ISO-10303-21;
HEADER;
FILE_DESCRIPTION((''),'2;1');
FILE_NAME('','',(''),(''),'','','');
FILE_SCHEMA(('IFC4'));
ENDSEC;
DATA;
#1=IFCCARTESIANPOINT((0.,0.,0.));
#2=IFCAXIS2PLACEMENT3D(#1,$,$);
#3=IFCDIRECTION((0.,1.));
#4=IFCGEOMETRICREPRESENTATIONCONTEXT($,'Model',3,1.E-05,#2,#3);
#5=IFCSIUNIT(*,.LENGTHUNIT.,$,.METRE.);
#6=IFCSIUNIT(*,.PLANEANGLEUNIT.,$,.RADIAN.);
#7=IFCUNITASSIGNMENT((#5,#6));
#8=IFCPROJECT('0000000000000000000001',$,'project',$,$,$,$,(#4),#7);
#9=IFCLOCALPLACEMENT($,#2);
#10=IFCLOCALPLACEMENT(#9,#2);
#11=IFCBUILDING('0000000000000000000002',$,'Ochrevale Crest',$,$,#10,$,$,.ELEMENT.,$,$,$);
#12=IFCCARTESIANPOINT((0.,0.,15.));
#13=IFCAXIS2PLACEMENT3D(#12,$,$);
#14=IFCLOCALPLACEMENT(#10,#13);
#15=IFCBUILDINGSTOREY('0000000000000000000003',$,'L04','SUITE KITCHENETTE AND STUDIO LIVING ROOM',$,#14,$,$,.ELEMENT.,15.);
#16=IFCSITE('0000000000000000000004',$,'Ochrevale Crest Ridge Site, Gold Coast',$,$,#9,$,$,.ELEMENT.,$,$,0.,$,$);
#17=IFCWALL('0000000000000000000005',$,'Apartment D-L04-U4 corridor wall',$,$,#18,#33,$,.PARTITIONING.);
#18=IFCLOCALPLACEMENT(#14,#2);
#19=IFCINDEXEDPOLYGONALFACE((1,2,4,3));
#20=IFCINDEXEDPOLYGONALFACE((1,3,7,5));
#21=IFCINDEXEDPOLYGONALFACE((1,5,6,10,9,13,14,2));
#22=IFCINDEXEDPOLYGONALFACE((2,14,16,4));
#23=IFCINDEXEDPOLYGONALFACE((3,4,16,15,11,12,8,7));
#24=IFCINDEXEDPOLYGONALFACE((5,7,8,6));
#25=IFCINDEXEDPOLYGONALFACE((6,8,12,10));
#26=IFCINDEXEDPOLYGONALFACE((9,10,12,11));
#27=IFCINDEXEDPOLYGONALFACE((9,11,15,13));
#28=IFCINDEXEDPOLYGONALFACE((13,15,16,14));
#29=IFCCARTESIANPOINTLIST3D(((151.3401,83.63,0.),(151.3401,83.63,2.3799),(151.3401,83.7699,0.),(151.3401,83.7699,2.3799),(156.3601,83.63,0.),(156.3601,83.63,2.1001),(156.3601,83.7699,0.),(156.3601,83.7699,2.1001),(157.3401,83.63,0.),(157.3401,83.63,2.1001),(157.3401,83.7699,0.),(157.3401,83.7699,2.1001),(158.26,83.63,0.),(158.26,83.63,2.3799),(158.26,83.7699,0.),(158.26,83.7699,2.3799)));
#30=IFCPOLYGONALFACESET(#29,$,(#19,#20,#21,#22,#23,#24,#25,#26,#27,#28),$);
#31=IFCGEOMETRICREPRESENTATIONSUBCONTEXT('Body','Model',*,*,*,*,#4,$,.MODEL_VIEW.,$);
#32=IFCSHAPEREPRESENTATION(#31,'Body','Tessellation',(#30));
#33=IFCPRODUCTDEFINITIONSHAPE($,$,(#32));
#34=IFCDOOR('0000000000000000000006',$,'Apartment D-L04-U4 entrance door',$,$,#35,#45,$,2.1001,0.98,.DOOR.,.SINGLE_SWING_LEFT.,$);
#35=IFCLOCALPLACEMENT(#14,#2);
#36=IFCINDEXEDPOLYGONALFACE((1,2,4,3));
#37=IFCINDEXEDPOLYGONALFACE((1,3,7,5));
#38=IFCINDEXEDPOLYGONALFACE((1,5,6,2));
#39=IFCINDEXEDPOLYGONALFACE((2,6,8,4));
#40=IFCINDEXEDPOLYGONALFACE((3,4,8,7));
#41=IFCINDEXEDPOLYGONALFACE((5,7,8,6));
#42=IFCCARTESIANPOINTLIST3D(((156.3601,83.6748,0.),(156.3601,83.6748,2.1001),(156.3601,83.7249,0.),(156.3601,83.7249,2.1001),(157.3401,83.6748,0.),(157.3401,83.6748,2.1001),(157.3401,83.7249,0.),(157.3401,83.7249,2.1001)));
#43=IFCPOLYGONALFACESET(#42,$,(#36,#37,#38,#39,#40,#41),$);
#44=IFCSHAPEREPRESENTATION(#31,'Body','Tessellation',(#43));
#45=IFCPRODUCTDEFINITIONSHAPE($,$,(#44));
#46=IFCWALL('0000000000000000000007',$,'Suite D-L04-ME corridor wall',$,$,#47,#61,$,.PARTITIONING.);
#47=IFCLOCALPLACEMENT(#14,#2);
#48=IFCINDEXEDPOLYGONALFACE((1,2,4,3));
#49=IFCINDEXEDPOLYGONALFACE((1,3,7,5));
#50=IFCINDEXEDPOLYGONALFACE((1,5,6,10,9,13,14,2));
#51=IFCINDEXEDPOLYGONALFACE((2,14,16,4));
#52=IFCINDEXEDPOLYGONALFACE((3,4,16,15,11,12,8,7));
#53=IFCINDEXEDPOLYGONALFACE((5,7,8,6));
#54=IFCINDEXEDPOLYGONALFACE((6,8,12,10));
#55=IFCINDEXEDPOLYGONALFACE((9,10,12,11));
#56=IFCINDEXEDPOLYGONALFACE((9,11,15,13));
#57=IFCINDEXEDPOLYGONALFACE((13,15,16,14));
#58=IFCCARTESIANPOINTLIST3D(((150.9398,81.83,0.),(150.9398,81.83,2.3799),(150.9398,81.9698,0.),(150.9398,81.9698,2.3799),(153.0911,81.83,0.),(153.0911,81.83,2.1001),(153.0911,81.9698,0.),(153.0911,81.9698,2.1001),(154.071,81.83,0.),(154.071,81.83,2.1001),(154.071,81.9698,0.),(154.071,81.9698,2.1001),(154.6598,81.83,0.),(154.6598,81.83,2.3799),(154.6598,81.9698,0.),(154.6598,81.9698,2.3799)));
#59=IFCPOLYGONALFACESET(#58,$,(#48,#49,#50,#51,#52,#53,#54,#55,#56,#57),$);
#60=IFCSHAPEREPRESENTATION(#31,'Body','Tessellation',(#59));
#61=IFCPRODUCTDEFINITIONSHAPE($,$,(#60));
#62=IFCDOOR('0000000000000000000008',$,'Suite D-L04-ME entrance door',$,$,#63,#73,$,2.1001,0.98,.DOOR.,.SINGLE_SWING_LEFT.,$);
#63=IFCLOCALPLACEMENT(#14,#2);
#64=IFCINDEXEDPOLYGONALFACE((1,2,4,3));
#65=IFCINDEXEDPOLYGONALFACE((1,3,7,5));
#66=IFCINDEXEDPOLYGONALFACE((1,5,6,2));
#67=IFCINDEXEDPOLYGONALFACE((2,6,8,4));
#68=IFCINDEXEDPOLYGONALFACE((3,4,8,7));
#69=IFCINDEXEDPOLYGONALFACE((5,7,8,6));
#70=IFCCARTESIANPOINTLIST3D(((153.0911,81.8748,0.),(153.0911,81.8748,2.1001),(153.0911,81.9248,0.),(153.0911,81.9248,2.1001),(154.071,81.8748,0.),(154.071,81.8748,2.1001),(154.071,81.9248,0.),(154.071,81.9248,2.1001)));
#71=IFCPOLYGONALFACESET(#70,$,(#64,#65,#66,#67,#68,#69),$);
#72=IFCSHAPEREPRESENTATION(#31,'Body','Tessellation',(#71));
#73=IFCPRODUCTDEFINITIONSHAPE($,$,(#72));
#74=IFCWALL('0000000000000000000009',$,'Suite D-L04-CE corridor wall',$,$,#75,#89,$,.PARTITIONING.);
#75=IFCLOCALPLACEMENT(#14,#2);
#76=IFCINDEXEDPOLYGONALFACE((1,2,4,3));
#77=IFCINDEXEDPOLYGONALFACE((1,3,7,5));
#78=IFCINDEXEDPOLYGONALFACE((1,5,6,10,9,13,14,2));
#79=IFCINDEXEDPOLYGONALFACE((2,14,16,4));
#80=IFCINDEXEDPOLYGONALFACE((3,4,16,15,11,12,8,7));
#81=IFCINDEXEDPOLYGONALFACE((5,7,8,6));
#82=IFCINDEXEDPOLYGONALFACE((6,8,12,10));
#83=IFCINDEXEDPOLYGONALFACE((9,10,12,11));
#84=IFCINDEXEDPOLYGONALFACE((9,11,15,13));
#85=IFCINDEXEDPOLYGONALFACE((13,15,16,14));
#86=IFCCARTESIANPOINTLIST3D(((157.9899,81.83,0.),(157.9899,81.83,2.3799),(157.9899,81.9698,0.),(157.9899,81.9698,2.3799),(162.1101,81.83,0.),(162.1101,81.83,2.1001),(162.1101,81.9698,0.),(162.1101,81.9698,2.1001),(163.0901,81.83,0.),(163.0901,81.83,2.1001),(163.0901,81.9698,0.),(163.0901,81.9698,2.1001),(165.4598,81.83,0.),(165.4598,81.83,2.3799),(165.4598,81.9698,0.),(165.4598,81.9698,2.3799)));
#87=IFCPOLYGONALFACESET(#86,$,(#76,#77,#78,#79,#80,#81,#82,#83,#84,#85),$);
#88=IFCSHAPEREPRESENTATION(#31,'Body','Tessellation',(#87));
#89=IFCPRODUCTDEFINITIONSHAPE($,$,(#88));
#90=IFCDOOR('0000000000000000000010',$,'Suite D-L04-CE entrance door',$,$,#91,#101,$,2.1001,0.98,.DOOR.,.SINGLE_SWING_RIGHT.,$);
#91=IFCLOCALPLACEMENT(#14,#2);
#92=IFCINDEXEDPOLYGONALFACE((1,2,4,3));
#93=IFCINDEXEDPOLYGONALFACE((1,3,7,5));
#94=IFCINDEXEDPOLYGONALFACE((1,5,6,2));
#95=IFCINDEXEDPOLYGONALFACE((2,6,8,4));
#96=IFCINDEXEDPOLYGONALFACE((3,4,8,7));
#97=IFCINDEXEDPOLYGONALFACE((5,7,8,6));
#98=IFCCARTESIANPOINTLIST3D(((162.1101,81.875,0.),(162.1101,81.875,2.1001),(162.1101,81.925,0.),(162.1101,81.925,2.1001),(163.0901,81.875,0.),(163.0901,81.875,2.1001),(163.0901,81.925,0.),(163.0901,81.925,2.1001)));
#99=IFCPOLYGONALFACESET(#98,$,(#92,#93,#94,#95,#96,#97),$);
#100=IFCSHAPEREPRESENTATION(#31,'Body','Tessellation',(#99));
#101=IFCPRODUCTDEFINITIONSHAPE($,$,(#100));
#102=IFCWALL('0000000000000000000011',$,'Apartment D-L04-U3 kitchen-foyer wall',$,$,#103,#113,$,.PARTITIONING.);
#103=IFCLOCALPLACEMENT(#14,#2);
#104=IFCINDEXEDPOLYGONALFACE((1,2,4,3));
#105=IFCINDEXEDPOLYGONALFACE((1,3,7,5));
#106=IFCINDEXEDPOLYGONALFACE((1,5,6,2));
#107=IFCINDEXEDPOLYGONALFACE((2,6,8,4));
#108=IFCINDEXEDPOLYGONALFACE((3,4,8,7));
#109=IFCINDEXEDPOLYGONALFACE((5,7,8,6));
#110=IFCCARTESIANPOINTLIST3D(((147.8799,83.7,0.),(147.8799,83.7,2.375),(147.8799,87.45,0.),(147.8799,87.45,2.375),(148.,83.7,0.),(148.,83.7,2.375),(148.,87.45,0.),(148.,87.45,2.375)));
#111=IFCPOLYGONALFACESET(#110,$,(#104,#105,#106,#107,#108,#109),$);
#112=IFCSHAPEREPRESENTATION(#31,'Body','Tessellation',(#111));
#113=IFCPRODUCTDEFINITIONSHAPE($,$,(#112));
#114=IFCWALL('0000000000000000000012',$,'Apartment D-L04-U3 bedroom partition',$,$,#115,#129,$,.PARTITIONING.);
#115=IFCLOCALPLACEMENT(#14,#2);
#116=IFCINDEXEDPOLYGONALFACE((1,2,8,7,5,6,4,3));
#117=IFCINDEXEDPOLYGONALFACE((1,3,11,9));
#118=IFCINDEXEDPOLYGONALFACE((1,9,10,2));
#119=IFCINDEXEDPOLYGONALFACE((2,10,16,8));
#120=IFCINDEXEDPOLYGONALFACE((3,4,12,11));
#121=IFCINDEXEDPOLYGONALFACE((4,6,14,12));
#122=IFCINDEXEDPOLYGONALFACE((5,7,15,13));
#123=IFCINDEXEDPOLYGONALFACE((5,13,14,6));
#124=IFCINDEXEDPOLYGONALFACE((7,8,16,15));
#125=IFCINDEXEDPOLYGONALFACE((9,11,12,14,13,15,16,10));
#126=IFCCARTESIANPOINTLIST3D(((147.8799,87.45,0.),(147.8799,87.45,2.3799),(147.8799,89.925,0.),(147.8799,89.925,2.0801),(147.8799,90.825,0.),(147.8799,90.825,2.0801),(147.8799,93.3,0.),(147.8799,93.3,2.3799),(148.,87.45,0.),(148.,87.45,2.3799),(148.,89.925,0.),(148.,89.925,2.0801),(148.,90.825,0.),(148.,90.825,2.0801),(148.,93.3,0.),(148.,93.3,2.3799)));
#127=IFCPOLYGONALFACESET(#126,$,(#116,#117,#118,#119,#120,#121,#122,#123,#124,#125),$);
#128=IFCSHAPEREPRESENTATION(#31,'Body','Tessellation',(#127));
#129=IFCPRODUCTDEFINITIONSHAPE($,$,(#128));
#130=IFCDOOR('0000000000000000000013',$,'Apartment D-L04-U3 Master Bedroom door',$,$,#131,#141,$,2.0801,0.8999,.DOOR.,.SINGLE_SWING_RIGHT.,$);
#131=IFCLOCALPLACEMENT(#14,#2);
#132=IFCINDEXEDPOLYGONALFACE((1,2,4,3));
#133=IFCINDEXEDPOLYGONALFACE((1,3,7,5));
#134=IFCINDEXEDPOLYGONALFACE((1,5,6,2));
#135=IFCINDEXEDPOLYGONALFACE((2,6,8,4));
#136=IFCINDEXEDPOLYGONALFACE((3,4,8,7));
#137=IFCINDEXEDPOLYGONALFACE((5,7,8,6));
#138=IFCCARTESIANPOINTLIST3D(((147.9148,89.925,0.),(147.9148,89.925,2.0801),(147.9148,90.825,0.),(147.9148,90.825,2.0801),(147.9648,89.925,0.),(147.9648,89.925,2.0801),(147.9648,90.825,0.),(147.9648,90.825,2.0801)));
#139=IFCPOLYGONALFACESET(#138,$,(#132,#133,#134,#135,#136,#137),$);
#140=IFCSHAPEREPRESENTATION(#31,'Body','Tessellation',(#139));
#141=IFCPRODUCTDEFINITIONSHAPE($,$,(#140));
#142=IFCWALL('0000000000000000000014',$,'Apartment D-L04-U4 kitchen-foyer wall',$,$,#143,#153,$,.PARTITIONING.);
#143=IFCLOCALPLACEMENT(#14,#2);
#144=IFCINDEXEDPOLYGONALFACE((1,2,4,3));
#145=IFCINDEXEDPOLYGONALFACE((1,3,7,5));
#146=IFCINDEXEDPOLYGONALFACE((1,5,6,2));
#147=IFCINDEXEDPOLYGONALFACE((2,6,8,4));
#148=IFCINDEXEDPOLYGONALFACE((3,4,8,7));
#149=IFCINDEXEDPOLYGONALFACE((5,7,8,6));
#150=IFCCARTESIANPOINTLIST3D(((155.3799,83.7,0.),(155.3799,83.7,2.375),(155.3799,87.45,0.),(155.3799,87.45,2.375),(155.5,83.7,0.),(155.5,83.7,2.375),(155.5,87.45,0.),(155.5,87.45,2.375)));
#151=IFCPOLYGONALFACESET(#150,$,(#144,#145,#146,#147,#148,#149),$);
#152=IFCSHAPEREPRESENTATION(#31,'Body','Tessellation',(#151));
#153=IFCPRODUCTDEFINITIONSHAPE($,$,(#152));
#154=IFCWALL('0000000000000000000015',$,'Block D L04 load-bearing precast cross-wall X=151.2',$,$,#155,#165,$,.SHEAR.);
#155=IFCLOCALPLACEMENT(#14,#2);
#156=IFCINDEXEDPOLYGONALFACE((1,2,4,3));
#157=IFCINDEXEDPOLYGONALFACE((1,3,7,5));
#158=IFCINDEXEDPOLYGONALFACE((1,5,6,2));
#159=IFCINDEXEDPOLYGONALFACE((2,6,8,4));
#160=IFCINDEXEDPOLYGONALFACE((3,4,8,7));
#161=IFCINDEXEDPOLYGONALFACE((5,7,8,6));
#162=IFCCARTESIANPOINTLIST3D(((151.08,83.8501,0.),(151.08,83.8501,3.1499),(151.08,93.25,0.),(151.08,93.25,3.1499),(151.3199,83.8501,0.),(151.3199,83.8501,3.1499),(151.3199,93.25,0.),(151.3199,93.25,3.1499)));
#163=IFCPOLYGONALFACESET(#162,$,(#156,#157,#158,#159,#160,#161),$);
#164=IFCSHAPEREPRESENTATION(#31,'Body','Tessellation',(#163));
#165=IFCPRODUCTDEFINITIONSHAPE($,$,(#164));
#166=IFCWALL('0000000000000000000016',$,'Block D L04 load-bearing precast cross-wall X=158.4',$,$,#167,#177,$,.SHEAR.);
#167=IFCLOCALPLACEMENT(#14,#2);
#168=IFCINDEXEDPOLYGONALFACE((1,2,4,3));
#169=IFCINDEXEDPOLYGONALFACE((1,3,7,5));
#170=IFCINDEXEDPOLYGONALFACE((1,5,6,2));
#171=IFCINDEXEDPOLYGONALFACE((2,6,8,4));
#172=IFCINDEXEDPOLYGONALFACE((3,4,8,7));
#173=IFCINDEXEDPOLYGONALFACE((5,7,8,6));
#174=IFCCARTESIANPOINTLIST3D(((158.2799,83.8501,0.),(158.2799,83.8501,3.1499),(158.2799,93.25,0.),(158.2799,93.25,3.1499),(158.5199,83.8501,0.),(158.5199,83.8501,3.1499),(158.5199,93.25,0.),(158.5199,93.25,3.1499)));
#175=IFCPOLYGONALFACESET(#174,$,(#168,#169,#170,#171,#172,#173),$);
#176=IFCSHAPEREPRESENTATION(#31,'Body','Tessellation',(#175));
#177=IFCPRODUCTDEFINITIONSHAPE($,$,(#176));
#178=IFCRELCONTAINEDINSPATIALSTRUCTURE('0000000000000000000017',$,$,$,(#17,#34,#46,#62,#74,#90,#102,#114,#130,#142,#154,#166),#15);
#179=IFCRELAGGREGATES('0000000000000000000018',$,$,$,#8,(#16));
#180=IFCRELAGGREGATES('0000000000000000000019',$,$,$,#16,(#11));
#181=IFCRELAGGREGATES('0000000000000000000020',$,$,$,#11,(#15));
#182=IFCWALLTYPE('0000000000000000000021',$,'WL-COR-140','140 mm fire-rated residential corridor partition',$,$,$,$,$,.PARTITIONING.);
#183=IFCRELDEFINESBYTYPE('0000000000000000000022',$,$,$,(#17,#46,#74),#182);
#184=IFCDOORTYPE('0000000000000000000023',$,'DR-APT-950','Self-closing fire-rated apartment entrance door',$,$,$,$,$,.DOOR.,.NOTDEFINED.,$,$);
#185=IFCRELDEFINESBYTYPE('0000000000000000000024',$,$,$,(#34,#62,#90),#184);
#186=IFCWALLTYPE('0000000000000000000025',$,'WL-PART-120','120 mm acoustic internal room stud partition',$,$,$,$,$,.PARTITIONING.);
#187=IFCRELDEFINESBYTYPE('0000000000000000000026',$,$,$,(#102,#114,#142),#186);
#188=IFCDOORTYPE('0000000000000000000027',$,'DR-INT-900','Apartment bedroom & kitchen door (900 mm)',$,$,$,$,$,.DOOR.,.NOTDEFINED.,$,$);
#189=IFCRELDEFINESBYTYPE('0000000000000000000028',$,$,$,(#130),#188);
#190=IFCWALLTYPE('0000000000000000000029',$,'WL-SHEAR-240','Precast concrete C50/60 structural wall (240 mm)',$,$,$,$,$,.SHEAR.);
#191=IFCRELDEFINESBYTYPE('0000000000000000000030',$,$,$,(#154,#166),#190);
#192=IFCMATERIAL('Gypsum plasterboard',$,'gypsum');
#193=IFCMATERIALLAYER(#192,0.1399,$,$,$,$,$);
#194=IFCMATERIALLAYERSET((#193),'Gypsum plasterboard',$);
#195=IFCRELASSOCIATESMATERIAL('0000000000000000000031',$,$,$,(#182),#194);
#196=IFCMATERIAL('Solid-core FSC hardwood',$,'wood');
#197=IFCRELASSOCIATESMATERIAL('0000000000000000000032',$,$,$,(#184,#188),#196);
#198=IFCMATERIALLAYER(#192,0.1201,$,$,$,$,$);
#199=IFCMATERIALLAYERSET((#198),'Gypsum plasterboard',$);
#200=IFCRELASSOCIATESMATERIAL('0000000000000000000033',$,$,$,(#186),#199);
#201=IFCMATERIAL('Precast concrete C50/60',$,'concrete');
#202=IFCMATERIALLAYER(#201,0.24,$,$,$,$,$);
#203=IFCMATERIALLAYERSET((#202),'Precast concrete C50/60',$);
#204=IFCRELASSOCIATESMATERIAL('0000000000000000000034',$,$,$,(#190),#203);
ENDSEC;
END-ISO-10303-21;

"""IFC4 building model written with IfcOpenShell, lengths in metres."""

from ifc_helpers import new_model, si_unit, direction, frame, frame_2d, origin, place, context, subcontext, project, spatial, rectangle, extrude, material, layer, layer_set, type_object, element, fill, save


model = new_model("IFC4")

# Units and contexts
model_context = context("Model", 3, precision=1e-05, world=origin(), true_north=direction((0.0, 1.0)))
body_context = subcontext(model_context, "Body", "Model", "MODEL_VIEW")
ifc_project = project(units=[si_unit("LENGTHUNIT", "METRE"), si_unit("PLANEANGLEUNIT", "RADIAN")], contexts=[model_context])

# Site, building, storey
site_placement = place(None, origin())
site = spatial("IfcSite", under=ifc_project, at=site_placement, Name="Ochrevale Crest Ridge Site, Gold Coast", CompositionType="ELEMENT", RefElevation=0.0)
building_placement = place(site_placement, origin())
building = spatial("IfcBuilding", under=site, at=building_placement, Name="Ochrevale Crest", CompositionType="ELEMENT")
storey_placement = place(building_placement, frame((0.0, 0.0, 15.0)))
storey = spatial("IfcBuildingStorey", under=building, at=storey_placement, Name="L04", Description="SUITE KITCHENETTE AND STUDIO LIVING ROOM", CompositionType="ELEMENT", Elevation=15.0)

# Shared definitions
ifc_material_1 = material(Name="Precast concrete C50/60", Category="concrete")

# Walls, openings, doors
ifc_material_2 = material(Name="Gypsum plasterboard", Category="gypsum")
ifc_layer_1 = layer(ifc_material_2, 0.1399)
ifc_layer_set_1 = layer_set([ifc_layer_1], Name="Gypsum plasterboard")
wall_type_1 = type_object("IfcWallType", Name="WL-COR-140", Description="140 mm fire-rated residential corridor partition", PredefinedType="PARTITIONING", material=ifc_layer_set_1)
wall_1_placement = place(storey_placement, frame((151.3401, 83.7, 0.0), z_axis=(0.0, 0.0, 1.0), x_axis=(1.0, 0.0, 0.0)))
wall_1 = element("IfcWall", 1, at=wall_1_placement, inside=storey, type_object=wall_type_1, Name="Apartment D-L04-U4 corridor wall", PredefinedType="PARTITIONING", context=body_context, shape_type="SweptSolid", body=[
    extrude(rectangle(XDim=6.9199, YDim=0.1399, at=frame_2d((3.46, 0.0))), origin(), (0.0, 0.0, 1.0), 2.3799),
])
opening_1_placement = place(wall_1_placement, frame((5.02, 0.0, 0.0)))
opening_1 = element("IfcOpeningElement", 2, at=opening_1_placement, cuts=wall_1, PredefinedType="OPENING", context=body_context, shape_type="SweptSolid", body=[
    extrude(rectangle(XDim=0.98, YDim=2.1001, at=frame_2d((0.49, 1.05))), frame((0.0, 0.0801, 0.0), z_axis=(0.0, -1.0, 0.0), x_axis=(1.0, 0.0, 0.0)), (0.0, 0.0, 1.0), 0.1599),
])
ifc_material_3 = material(Name="Solid-core FSC hardwood", Category="wood")
door_type_1 = type_object("IfcDoorType", Name="DR-APT-950", Description="Self-closing fire-rated apartment entrance door", OperationType="NOTDEFINED", PredefinedType="DOOR", material=ifc_material_3)
door_1_placement = place(opening_1_placement, origin())
door_1 = element("IfcDoor", 3, at=door_1_placement, inside=storey, type_object=door_type_1, Name="Apartment D-L04-U4 entrance door", OperationType="SINGLE_SWING_LEFT", OverallHeight=2.1001, OverallWidth=0.98, PredefinedType="DOOR", context=body_context, shape_type="SweptSolid", body=[
    extrude(rectangle(XDim=0.98, YDim=2.1001, at=frame_2d((0.49, 1.05))), frame((0.0, 0.0249, 0.0), z_axis=(0.0, -1.0, 0.0), x_axis=(1.0, 0.0, 0.0)), (0.0, 0.0, 1.0), 0.05),
])
fill(opening_1, door_1)
wall_2_placement = place(storey_placement, frame((150.9399, 81.8999, 0.0), z_axis=(0.0, 0.0, 1.0), x_axis=(1.0, 0.0, 0.0)))
wall_2 = element("IfcWall", 4, at=wall_2_placement, inside=storey, type_object=wall_type_1, Name="Suite D-L04-ME corridor wall", PredefinedType="PARTITIONING", context=body_context, shape_type="SweptSolid", body=[
    extrude(rectangle(XDim=3.72, YDim=0.1399, at=frame_2d((1.8599, 0.0))), origin(), (0.0, 0.0, 1.0), 2.3799),
])
opening_2_placement = place(wall_2_placement, frame((2.1511, 0.0, 0.0)))
opening_2 = element("IfcOpeningElement", 5, at=opening_2_placement, cuts=wall_2, PredefinedType="OPENING", context=body_context, shape_type="SweptSolid", body=[
    extrude(rectangle(XDim=0.98, YDim=2.1001, at=frame_2d((0.49, 1.05))), frame((0.0, 0.0801, 0.0), z_axis=(0.0, -1.0, 0.0), x_axis=(1.0, 0.0, 0.0)), (0.0, 0.0, 1.0), 0.1599),
])
door_2_placement = place(opening_2_placement, origin())
door_2 = element("IfcDoor", 6, at=door_2_placement, inside=storey, type_object=door_type_1, Name="Suite D-L04-ME entrance door", OperationType="SINGLE_SWING_LEFT", OverallHeight=2.1001, OverallWidth=0.98, PredefinedType="DOOR", context=body_context, shape_type="SweptSolid", body=[
    extrude(rectangle(XDim=0.98, YDim=2.1001, at=frame_2d((0.49, 1.05))), frame((0.0, 0.0249, 0.0), z_axis=(0.0, -1.0, 0.0), x_axis=(1.0, 0.0, 0.0)), (0.0, 0.0, 1.0), 0.05),
])
fill(opening_2, door_2)
wall_3_placement = place(storey_placement, frame((157.99, 81.8999, 0.0), z_axis=(0.0, 0.0, 1.0), x_axis=(1.0, 0.0, 0.0)))
wall_3 = element("IfcWall", 7, at=wall_3_placement, inside=storey, type_object=wall_type_1, Name="Suite D-L04-CE corridor wall", PredefinedType="PARTITIONING", context=body_context, shape_type="SweptSolid", body=[
    extrude(rectangle(XDim=7.47, YDim=0.1399, at=frame_2d((3.7349, 0.0))), origin(), (0.0, 0.0, 1.0), 2.3799),
])
opening_3_placement = place(wall_3_placement, frame((5.1001, 0.0, 0.0), z_axis=(0.0, 0.0, 1.0), x_axis=(-1.0, 0.0, 0.0)))
opening_3 = element("IfcOpeningElement", 8, at=opening_3_placement, cuts=wall_3, PredefinedType="OPENING", context=body_context, shape_type="SweptSolid", body=[
    extrude(rectangle(XDim=0.98, YDim=2.1001, at=frame_2d((0.49, 1.05))), frame((0.0, 0.0801, 0.0), z_axis=(0.0, -1.0, 0.0), x_axis=(1.0, 0.0, 0.0)), (0.0, 0.0, 1.0), 0.1599),
])
door_3_placement = place(opening_3_placement, origin())
door_3 = element("IfcDoor", 9, at=door_3_placement, inside=storey, type_object=door_type_1, Name="Suite D-L04-CE entrance door", OperationType="SINGLE_SWING_RIGHT", OverallHeight=2.1001, OverallWidth=0.98, PredefinedType="DOOR", context=body_context, shape_type="SweptSolid", body=[
    extrude(rectangle(XDim=0.98, YDim=2.1001, at=frame_2d((0.49, 1.05))), frame((0.0, 0.0249, 0.0), z_axis=(0.0, -1.0, 0.0), x_axis=(1.0, 0.0, 0.0)), (0.0, 0.0, 1.0), 0.05),
])
fill(opening_3, door_3)

# Wall
ifc_layer_2 = layer(ifc_material_2, 0.1201)
ifc_layer_set_2 = layer_set([ifc_layer_2], Name="Gypsum plasterboard")
wall_type_2 = type_object("IfcWallType", Name="WL-PART-120", Description="120 mm acoustic internal room stud partition", PredefinedType="PARTITIONING", material=ifc_layer_set_2)
wall_4_placement = place(storey_placement, frame((147.9399, 83.7, 0.0), z_axis=(0.0, 0.0, 1.0), x_axis=(0.0, 1.0, 0.0)))
element("IfcWall", 10, at=wall_4_placement, inside=storey, type_object=wall_type_2, Name="Apartment D-L04-U3 kitchen-foyer wall", PredefinedType="PARTITIONING", context=body_context, shape_type="SweptSolid", body=[
    extrude(rectangle(XDim=3.75, YDim=0.1201, at=frame_2d((1.875, 0.0))), origin(), (0.0, 0.0, 1.0), 2.375),
])

# Wall, opening, door
wall_5_placement = place(storey_placement, frame((147.9399, 87.45, 0.0), z_axis=(0.0, 0.0, 1.0), x_axis=(0.0, 1.0, 0.0)))
wall_5 = element("IfcWall", 11, at=wall_5_placement, inside=storey, type_object=wall_type_2, Name="Apartment D-L04-U3 bedroom partition", PredefinedType="PARTITIONING", context=body_context, shape_type="SweptSolid", body=[
    extrude(rectangle(XDim=5.8501, YDim=0.1201, at=frame_2d((2.925, 0.0))), origin(), (0.0, 0.0, 1.0), 2.3799),
])
opening_4_placement = place(wall_5_placement, frame((3.375, 0.0, 0.0), z_axis=(0.0, 0.0, 1.0), x_axis=(-1.0, 0.0, 0.0)))
opening_4 = element("IfcOpeningElement", 12, at=opening_4_placement, cuts=wall_5, PredefinedType="OPENING", context=body_context, shape_type="SweptSolid", body=[
    extrude(rectangle(XDim=0.8999, YDim=2.0801, at=frame_2d((0.45, 1.04))), frame((0.0, 0.0701, 0.0), z_axis=(0.0, -1.0, 0.0), x_axis=(1.0, 0.0, 0.0)), (0.0, 0.0, 1.0), 0.1401),
])
door_type_2 = type_object("IfcDoorType", Name="DR-INT-900", Description="Apartment bedroom & kitchen door (900 mm)", OperationType="NOTDEFINED", PredefinedType="DOOR", material=ifc_material_3)
door_4_placement = place(opening_4_placement, origin())
door_4 = element("IfcDoor", 13, at=door_4_placement, inside=storey, type_object=door_type_2, Name="Apartment D-L04-U3 Master Bedroom door", OperationType="SINGLE_SWING_RIGHT", OverallHeight=2.0801, OverallWidth=0.8999, PredefinedType="DOOR", context=body_context, shape_type="SweptSolid", body=[
    extrude(rectangle(XDim=0.8999, YDim=2.0801, at=frame_2d((0.45, 1.04))), frame((0.0, 0.0249, 0.0), z_axis=(0.0, -1.0, 0.0), x_axis=(1.0, 0.0, 0.0)), (0.0, 0.0, 1.0), 0.05),
])
fill(opening_4, door_4)

# Walls
wall_6_placement = place(storey_placement, frame((155.4399, 83.7, 0.0), z_axis=(0.0, 0.0, 1.0), x_axis=(0.0, 1.0, 0.0)))
element("IfcWall", 14, at=wall_6_placement, inside=storey, type_object=wall_type_2, Name="Apartment D-L04-U4 kitchen-foyer wall", PredefinedType="PARTITIONING", context=body_context, shape_type="SweptSolid", body=[
    extrude(rectangle(XDim=3.75, YDim=0.1201, at=frame_2d((1.875, 0.0))), origin(), (0.0, 0.0, 1.0), 2.375),
])
ifc_layer_3 = layer(ifc_material_1, 0.24)
ifc_layer_set_3 = layer_set([ifc_layer_3], Name="Precast concrete C50/60")
wall_type_3 = type_object("IfcWallType", Name="WL-SHEAR-240", Description="Precast concrete C50/60 structural wall (240 mm)", PredefinedType="SHEAR", material=ifc_layer_set_3)
for number, where, z_axis, x_axis, name in (
    (15, (151.2, 83.8501, 0.0), (0.0, 0.0, 1.0), (0.0, 1.0, 0.0), "Block D L04 load-bearing precast cross-wall X=151.2"),
    (16, (158.3999, 83.8501, 0.0), (0.0, 0.0, 1.0), (0.0, 1.0, 0.0), "Block D L04 load-bearing precast cross-wall X=158.4"),
):
    element("IfcWall", number, at=place(storey_placement, frame(where, z_axis=z_axis, x_axis=x_axis)), inside=storey, type_object=wall_type_3, Name=name, PredefinedType="SHEAR", context=body_context, shape_type="SweptSolid", body=[
        extrude(rectangle(XDim=9.3999, YDim=0.24, at=frame_2d((4.7, 0.0))), origin(), (0.0, 0.0, 1.0), 3.1499),
    ])

save(model, "model.ifc")
